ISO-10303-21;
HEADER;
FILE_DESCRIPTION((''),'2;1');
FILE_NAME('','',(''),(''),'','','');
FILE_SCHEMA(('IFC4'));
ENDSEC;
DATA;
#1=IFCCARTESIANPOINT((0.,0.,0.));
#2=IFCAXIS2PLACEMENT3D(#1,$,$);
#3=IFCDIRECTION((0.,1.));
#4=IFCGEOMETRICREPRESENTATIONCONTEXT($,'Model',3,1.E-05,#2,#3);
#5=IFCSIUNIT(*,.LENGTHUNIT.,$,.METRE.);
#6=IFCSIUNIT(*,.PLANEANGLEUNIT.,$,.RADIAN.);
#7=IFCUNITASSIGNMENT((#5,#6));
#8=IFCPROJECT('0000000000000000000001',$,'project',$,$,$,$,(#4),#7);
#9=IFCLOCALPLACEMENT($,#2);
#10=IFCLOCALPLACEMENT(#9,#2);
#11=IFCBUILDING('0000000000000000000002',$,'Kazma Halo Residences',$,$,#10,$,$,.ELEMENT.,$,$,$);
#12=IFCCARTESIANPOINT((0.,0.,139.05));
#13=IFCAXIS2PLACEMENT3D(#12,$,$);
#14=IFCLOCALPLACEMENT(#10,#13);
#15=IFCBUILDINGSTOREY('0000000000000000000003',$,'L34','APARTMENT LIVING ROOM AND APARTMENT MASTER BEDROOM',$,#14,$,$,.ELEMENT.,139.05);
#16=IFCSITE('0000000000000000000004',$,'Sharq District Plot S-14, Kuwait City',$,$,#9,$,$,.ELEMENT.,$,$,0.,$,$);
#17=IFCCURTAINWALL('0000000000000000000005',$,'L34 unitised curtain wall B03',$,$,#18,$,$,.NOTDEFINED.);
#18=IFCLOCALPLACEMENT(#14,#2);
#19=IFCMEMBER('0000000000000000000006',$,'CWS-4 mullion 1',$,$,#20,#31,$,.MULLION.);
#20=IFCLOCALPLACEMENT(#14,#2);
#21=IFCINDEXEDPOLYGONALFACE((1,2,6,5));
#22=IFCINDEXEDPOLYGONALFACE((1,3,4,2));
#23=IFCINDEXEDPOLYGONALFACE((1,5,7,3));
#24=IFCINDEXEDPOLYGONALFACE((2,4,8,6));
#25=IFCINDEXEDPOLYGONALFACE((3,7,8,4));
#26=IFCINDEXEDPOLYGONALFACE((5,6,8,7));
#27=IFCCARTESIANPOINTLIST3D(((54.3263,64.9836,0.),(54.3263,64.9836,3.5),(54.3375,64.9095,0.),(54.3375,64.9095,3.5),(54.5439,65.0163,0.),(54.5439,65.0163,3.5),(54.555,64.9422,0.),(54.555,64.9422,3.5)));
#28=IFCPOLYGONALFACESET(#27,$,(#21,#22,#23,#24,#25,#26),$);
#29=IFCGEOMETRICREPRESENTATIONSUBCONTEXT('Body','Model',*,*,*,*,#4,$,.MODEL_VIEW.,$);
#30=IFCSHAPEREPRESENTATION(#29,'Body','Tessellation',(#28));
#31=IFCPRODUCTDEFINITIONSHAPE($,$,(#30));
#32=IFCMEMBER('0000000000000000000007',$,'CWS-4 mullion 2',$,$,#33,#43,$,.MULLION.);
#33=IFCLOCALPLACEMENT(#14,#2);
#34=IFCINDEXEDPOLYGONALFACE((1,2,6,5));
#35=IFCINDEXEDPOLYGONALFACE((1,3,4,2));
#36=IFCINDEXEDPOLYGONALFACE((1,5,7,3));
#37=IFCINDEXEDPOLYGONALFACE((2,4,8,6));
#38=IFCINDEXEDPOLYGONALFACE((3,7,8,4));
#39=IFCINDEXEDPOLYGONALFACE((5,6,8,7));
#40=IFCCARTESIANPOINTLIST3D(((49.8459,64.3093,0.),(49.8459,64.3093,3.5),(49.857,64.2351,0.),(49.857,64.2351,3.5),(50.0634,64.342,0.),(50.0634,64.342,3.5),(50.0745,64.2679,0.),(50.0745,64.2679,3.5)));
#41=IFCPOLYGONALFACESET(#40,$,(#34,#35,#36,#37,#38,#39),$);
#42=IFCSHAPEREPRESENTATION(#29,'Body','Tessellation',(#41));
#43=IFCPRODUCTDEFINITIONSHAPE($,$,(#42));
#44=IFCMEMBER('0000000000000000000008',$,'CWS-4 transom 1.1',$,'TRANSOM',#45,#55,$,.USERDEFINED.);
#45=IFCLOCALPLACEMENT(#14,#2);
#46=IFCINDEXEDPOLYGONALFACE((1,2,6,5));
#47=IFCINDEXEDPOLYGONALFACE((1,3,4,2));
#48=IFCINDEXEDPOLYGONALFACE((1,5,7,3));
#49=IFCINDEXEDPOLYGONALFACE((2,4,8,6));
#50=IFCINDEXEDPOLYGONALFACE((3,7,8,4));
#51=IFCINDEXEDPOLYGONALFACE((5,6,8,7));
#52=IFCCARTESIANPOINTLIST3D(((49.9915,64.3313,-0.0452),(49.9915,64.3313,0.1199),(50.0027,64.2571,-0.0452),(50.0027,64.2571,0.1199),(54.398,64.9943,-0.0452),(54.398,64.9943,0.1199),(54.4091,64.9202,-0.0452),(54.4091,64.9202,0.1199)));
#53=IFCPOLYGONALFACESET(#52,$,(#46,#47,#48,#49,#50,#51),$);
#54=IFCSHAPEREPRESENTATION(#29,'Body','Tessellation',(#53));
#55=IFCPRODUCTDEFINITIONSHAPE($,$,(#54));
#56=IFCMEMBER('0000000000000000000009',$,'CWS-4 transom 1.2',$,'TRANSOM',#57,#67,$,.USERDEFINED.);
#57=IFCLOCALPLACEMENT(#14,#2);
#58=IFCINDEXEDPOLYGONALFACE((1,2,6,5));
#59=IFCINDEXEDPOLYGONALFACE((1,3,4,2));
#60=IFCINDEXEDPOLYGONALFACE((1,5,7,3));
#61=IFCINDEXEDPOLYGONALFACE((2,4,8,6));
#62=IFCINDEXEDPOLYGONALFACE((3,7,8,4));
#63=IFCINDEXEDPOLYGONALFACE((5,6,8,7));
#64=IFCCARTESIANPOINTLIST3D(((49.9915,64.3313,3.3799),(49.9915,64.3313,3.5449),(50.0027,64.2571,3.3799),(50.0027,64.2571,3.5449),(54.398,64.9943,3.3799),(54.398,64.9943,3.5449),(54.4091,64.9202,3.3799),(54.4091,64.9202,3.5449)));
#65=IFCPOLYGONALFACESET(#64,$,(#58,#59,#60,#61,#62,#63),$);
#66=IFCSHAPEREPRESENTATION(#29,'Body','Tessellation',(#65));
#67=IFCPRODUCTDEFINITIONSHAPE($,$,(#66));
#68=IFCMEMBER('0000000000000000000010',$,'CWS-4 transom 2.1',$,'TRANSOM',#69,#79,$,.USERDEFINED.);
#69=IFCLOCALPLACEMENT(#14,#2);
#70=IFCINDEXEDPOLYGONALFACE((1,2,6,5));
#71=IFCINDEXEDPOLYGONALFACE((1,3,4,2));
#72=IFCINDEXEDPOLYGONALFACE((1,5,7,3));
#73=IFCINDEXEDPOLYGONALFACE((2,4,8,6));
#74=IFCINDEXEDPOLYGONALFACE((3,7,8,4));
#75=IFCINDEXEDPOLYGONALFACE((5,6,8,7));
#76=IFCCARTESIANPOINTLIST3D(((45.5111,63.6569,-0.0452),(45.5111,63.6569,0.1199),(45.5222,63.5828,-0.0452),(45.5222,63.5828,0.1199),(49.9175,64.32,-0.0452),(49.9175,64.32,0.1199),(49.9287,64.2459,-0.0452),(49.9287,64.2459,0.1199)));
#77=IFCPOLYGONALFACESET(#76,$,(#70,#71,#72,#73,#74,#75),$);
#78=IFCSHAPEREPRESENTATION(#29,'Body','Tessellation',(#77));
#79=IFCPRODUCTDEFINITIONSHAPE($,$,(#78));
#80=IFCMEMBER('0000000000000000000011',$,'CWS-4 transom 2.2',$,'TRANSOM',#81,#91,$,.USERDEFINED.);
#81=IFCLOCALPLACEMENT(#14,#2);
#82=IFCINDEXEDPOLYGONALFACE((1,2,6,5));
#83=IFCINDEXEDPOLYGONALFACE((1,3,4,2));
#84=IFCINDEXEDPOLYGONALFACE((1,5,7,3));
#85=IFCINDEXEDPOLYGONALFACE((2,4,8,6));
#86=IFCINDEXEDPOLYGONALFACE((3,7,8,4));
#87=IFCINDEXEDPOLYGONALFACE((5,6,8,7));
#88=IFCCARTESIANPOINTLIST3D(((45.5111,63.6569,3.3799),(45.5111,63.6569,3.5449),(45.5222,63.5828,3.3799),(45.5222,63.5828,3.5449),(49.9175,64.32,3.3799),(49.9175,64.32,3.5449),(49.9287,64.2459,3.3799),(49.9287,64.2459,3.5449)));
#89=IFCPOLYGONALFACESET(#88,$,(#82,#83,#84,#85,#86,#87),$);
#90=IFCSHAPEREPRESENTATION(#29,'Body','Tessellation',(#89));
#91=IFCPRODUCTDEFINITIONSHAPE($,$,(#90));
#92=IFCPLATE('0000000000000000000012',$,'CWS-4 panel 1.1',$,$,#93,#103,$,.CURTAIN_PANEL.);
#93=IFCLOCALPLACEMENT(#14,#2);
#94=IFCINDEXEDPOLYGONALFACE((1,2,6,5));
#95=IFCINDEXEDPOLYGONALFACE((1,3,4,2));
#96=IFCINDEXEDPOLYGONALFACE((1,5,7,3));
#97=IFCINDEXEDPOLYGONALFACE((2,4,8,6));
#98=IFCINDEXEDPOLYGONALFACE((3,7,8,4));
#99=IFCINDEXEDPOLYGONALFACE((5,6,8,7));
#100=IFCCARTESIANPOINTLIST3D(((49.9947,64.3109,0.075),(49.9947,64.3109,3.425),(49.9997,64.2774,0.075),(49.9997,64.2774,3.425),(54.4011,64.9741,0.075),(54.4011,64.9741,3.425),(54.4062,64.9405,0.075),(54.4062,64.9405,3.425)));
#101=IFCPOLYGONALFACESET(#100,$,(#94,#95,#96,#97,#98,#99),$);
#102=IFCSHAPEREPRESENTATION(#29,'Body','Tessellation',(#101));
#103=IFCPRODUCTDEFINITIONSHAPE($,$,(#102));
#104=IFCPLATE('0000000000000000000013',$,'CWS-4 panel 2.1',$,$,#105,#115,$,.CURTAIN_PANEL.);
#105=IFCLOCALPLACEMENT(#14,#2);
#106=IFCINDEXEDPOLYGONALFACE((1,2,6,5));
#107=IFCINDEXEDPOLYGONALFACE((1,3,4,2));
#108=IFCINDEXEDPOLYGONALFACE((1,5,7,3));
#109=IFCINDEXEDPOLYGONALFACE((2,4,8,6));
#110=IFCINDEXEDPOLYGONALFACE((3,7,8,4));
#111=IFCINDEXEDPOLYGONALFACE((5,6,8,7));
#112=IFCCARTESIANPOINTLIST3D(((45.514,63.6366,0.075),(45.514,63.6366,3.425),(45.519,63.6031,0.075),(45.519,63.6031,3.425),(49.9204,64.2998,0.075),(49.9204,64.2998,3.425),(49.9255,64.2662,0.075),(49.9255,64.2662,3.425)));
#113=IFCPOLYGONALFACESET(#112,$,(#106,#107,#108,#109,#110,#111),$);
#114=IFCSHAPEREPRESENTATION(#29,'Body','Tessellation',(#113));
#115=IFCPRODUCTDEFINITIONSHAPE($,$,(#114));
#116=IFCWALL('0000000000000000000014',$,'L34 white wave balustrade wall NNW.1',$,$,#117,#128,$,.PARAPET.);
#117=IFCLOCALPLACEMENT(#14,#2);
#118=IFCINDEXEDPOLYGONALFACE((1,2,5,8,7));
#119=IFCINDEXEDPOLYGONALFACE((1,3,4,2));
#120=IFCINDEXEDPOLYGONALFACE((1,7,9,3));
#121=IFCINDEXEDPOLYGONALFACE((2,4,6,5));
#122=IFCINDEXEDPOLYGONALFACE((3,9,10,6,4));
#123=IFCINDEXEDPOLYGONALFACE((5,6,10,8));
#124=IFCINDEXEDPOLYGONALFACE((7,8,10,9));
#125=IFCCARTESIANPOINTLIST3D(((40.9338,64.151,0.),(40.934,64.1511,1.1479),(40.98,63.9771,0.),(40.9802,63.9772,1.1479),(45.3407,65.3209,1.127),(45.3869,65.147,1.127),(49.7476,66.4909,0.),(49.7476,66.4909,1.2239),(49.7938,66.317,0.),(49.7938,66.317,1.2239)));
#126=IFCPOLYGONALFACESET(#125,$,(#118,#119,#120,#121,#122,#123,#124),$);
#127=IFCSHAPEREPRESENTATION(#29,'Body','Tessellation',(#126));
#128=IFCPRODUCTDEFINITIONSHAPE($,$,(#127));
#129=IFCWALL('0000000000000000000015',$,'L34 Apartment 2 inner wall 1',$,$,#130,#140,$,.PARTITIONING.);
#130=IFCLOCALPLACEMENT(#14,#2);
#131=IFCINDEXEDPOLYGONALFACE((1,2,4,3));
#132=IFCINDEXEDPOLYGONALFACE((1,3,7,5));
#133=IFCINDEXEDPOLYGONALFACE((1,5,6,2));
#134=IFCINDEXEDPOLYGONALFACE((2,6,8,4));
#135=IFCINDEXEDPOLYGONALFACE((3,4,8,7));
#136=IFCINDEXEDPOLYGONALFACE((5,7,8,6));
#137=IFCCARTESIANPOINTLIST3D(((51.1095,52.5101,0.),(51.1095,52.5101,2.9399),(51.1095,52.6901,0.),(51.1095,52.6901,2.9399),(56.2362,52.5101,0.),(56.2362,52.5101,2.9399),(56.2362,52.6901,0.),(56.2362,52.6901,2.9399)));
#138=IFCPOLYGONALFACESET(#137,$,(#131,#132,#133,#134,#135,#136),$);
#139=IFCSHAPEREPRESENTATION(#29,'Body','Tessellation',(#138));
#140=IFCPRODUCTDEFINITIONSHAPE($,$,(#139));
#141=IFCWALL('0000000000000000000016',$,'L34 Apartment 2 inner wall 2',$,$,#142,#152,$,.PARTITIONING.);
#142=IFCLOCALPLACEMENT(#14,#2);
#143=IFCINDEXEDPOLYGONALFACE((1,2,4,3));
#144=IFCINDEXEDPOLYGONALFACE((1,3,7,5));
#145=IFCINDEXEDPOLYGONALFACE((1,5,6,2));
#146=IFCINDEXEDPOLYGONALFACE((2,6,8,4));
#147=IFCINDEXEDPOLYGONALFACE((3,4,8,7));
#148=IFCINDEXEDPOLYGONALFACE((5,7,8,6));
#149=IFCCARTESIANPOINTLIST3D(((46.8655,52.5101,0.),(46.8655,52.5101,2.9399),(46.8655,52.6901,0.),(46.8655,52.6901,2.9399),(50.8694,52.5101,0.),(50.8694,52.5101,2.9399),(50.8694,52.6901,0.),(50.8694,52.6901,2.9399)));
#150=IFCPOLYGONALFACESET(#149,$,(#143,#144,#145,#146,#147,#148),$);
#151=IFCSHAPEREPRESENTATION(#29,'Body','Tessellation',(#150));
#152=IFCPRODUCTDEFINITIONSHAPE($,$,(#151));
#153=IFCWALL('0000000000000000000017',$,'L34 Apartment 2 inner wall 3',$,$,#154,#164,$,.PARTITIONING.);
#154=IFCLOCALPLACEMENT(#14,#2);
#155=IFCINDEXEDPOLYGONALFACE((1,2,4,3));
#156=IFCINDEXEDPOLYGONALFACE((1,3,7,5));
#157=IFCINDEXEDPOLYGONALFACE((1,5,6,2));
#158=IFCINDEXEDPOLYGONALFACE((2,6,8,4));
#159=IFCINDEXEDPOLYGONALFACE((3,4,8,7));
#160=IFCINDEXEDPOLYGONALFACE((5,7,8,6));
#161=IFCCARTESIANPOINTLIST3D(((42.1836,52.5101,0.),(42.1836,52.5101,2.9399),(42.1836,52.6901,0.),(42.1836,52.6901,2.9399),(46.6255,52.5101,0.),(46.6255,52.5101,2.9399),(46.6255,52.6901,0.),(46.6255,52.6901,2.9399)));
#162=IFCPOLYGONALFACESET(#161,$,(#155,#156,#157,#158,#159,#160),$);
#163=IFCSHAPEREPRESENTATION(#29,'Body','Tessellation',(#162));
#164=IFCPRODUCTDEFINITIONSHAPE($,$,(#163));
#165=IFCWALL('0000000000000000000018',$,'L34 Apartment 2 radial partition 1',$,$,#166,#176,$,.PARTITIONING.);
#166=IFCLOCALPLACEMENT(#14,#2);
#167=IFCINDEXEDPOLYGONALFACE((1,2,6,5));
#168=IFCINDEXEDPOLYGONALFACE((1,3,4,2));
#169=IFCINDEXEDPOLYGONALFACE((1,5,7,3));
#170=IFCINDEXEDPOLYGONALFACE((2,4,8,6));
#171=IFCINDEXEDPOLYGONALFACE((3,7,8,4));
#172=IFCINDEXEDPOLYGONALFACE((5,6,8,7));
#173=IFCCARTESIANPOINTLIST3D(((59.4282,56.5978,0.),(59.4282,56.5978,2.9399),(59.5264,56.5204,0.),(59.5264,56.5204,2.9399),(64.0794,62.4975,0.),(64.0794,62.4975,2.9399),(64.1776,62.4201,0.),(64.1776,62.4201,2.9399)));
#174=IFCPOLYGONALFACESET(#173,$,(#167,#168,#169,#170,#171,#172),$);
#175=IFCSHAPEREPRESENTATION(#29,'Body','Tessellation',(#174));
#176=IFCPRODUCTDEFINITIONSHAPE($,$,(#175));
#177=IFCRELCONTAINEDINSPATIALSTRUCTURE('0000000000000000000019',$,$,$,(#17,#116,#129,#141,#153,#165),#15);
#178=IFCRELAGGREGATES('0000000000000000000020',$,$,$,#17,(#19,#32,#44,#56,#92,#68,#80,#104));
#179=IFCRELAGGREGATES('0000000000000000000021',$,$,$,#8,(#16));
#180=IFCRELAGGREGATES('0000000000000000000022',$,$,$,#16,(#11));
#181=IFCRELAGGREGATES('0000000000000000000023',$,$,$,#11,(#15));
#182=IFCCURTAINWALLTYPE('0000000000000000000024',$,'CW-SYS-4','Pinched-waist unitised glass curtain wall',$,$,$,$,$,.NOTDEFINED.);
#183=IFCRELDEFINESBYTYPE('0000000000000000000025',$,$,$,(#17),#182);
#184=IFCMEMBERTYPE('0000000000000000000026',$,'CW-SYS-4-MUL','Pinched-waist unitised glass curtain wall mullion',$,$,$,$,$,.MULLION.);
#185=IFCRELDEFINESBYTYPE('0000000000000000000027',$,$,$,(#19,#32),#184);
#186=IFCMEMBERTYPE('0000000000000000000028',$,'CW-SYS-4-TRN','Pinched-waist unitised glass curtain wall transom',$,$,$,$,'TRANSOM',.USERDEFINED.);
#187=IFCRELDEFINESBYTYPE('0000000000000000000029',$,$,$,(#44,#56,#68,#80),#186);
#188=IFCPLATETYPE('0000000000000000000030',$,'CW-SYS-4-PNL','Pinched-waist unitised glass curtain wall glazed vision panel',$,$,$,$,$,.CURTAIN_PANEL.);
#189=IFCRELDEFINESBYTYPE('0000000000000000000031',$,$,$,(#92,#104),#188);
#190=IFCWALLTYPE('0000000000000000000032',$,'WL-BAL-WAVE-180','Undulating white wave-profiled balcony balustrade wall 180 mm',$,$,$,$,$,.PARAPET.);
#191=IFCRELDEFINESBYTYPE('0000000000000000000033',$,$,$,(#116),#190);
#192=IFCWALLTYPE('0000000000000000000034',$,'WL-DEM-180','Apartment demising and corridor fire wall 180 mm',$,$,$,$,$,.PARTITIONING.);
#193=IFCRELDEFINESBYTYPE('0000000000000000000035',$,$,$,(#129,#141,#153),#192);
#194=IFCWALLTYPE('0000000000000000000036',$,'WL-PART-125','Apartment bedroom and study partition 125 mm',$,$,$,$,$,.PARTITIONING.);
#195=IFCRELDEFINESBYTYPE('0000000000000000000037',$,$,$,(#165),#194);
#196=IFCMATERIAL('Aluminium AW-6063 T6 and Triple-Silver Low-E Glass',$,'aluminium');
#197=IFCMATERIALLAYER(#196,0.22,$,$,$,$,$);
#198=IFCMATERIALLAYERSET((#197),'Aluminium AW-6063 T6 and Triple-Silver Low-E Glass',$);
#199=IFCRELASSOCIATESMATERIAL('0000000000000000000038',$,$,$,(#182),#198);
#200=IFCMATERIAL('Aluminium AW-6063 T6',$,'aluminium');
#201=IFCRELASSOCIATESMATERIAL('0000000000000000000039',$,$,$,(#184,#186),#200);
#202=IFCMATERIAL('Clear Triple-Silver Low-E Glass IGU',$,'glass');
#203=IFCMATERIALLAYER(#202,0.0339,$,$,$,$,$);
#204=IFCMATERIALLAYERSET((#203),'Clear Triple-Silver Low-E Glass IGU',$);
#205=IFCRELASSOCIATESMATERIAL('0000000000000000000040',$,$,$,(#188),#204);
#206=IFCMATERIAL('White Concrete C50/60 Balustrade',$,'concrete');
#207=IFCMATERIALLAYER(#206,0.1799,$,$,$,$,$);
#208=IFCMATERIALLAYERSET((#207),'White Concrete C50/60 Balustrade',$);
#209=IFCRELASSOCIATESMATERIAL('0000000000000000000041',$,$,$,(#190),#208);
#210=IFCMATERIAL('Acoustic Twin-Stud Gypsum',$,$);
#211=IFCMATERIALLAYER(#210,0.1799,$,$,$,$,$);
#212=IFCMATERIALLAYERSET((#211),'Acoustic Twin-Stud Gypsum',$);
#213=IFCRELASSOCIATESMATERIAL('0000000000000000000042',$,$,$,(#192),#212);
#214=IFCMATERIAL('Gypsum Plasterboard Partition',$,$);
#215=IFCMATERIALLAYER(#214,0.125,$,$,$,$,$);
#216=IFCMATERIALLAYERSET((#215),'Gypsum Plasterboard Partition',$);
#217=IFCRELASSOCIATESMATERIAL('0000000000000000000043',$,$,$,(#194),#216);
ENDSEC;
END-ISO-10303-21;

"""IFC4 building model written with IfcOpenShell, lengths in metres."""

from ifc_helpers import new_model, si_unit, direction, frame, frame_2d, origin, origin_2d, place, context, subcontext, project, spatial, polyline, rectangle, outline, extrude, material, layer, layer_set, material_profile, profile_set, type_object, element, aggregate, save


model = new_model("IFC4")

# Units and contexts
model_context = context("Model", 3, precision=1e-05, world=origin(), true_north=direction((0.0, 1.0)))
body_context = subcontext(model_context, "Body", "Model", "MODEL_VIEW")
ifc_project = project(units=[si_unit("LENGTHUNIT", "METRE"), si_unit("PLANEANGLEUNIT", "RADIAN")], contexts=[model_context])

# Site, building, storey
site_placement = place(None, origin())
site = spatial("IfcSite", under=ifc_project, at=site_placement, Name="Sharq District Plot S-14, Kuwait City", CompositionType="ELEMENT", RefElevation=0.0)
building_placement = place(site_placement, origin())
building = spatial("IfcBuilding", under=site, at=building_placement, Name="Kazma Halo Residences", CompositionType="ELEMENT")
storey_placement = place(building_placement, frame((0.0, 0.0, 139.05)))
storey = spatial("IfcBuildingStorey", under=building, at=storey_placement, Name="L34", Description="APARTMENT LIVING ROOM AND APARTMENT MASTER BEDROOM", CompositionType="ELEMENT", Elevation=139.05)

# Curtain wall, members, plates
ifc_material_1 = material(Name="Aluminium AW-6063 T6 and Triple-Silver Low-E Glass", Category="aluminium")
ifc_layer_1 = layer(ifc_material_1, 0.22)
ifc_layer_set_1 = layer_set([ifc_layer_1], Name="Aluminium AW-6063 T6 and Triple-Silver Low-E Glass")
curtain_wall_type = type_object("IfcCurtainWallType", Name="CW-SYS-4", Description="Pinched-waist unitised glass curtain wall", PredefinedType="NOTDEFINED", material=ifc_layer_set_1)
curtain_wall_placement = place(storey_placement, origin())
curtain_wall = element("IfcCurtainWall", 1, at=curtain_wall_placement, inside=storey, type_object=curtain_wall_type, Name="L34 unitised curtain wall B03", PredefinedType="NOTDEFINED")
ifc_material_2 = material(Name="Aluminium AW-6063 T6", Category="aluminium")
ifc_material_profile_1 = material_profile(ifc_material_2, rectangle(XDim=0.075, YDim=0.22, at=origin_2d()), Name="CWM-75x220")
ifc_profile_set_1 = profile_set([ifc_material_profile_1], Name="Aluminium AW-6063 T6")
member_type_1 = type_object("IfcMemberType", Name="CW-SYS-4-MUL", Description="Pinched-waist unitised glass curtain wall mullion", PredefinedType="MULLION", material=ifc_profile_set_1)
member_1_placement = place(storey_placement, frame((54.4407, 64.9629, 0.0), z_axis=(0.0, 0.0, 1.0), x_axis=(0.148821, -0.988864, 0.0)))
member_1 = element("IfcMember", 2, at=member_1_placement, type_object=member_type_1, Name="CWS-4 mullion 1", PredefinedType="MULLION", context=body_context, shape_type="SweptSolid", body=[
    extrude(rectangle(XDim=0.075, YDim=0.22, at=origin_2d()), origin(), (0.0, 0.0, 1.0), 3.5),
])
member_2_placement = place(storey_placement, frame((49.9602, 64.2886, 0.0), z_axis=(0.0, 0.0, 1.0), x_axis=(0.148821, -0.988864, 0.0)))
member_2 = element("IfcMember", 3, at=member_2_placement, type_object=member_type_1, Name="CWS-4 mullion 2", PredefinedType="MULLION", context=body_context, shape_type="SweptSolid", body=[
    extrude(rectangle(XDim=0.075, YDim=0.22, at=origin_2d()), origin(), (0.0, 0.0, 1.0), 3.5),
])
ifc_material_profile_2 = material_profile(ifc_material_2, rectangle(XDim=0.075, YDim=0.165, at=origin_2d()), Name="CWT-75x165")
ifc_profile_set_2 = profile_set([ifc_material_profile_2], Name="Aluminium AW-6063 T6")
member_type_2 = type_object("IfcMemberType", Name="CW-SYS-4-TRN", Description="Pinched-waist unitised glass curtain wall transom", ElementType="TRANSOM", PredefinedType="USERDEFINED", material=ifc_profile_set_2)
member_3_placement = place(storey_placement, frame((54.4036, 64.9573, 0.0374), z_axis=(-0.988867, -0.148804, 0.0), x_axis=(0.148804, -0.988867, 0.0)))
member_3 = element("IfcMember", 4, at=member_3_placement, type_object=member_type_2, Name="CWS-4 transom 1.1", ObjectType="TRANSOM", PredefinedType="USERDEFINED", context=body_context, shape_type="SweptSolid", body=[
    extrude(rectangle(XDim=0.075, YDim=0.165, at=origin_2d()), origin(), (0.0, 0.0, 1.0), 4.4561),
])
member_4_placement = place(storey_placement, frame((54.4036, 64.9573, 3.4624), z_axis=(-0.988867, -0.148804, 0.0), x_axis=(0.148804, -0.988867, 0.0)))
member_4 = element("IfcMember", 5, at=member_4_placement, type_object=member_type_2, Name="CWS-4 transom 1.2", ObjectType="TRANSOM", PredefinedType="USERDEFINED", context=body_context, shape_type="SweptSolid", body=[
    extrude(rectangle(XDim=0.075, YDim=0.165, at=origin_2d()), origin(), (0.0, 0.0, 1.0), 4.4561),
])
member_5_placement = place(storey_placement, frame((49.9231, 64.283, 0.0374), z_axis=(-0.988867, -0.148804, 0.0), x_axis=(0.148804, -0.988867, 0.0)))
member_5 = element("IfcMember", 6, at=member_5_placement, type_object=member_type_2, Name="CWS-4 transom 2.1", ObjectType="TRANSOM", PredefinedType="USERDEFINED", context=body_context, shape_type="SweptSolid", body=[
    extrude(rectangle(XDim=0.075, YDim=0.165, at=origin_2d()), origin(), (0.0, 0.0, 1.0), 4.4561),
])
member_6_placement = place(storey_placement, frame((49.9231, 64.283, 3.4624), z_axis=(-0.988867, -0.148804, 0.0), x_axis=(0.148804, -0.988867, 0.0)))
member_6 = element("IfcMember", 7, at=member_6_placement, type_object=member_type_2, Name="CWS-4 transom 2.2", ObjectType="TRANSOM", PredefinedType="USERDEFINED", context=body_context, shape_type="SweptSolid", body=[
    extrude(rectangle(XDim=0.075, YDim=0.165, at=origin_2d()), origin(), (0.0, 0.0, 1.0), 4.4561),
])
ifc_material_3 = material(Name="Clear Triple-Silver Low-E Glass IGU", Category="glass")
ifc_layer_2 = layer(ifc_material_3, 0.0339)
ifc_layer_set_2 = layer_set([ifc_layer_2], Name="Clear Triple-Silver Low-E Glass IGU")
plate_type = type_object("IfcPlateType", Name="CW-SYS-4-PNL", Description="Pinched-waist unitised glass curtain wall glazed vision panel", PredefinedType="CURTAIN_PANEL", material=ifc_layer_set_2)
plate_1_placement = place(storey_placement, frame((52.2004, 64.6257, 0.075), z_axis=(0.0, 0.0, 1.0), x_axis=(-0.988864, -0.148821, 0.0)))
plate_1 = element("IfcPlate", 8, at=plate_1_placement, type_object=plate_type, Name="CWS-4 panel 1.1", PredefinedType="CURTAIN_PANEL", context=body_context, shape_type="SweptSolid", body=[
    extrude(rectangle(XDim=4.4561, YDim=0.0339, at=origin_2d()), origin(), (0.0, 0.0, 1.0), 3.3501),
])
plate_2_placement = place(storey_placement, frame((47.7197, 63.9514, 0.075), z_axis=(0.0, 0.0, 1.0), x_axis=(-0.988864, -0.148821, 0.0)))
plate_2 = element("IfcPlate", 9, at=plate_2_placement, type_object=plate_type, Name="CWS-4 panel 2.1", PredefinedType="CURTAIN_PANEL", context=body_context, shape_type="SweptSolid", body=[
    extrude(rectangle(XDim=4.4561, YDim=0.0339, at=origin_2d()), origin(), (0.0, 0.0, 1.0), 3.3501),
])
aggregate(curtain_wall, [member_1, member_2, member_3, member_4, plate_1, member_5, member_6, plate_2])

# Walls
ifc_material_4 = material(Name="White Concrete C50/60 Balustrade", Category="concrete")
ifc_layer_3 = layer(ifc_material_4, 0.1799)
ifc_layer_set_3 = layer_set([ifc_layer_3], Name="White Concrete C50/60 Balustrade")
wall_type_1 = type_object("IfcWallType", Name="WL-BAL-WAVE-180", Description="Undulating white wave-profiled balcony balustrade wall 180 mm", PredefinedType="PARAPET", material=ifc_layer_set_3)
wall_1_placement = place(storey_placement, frame((49.7708, 66.4038, 0.0), z_axis=(0.0, 0.0, 1.0), x_axis=(-0.966521, -0.256589, 0.0)))
element("IfcWall", 10, at=wall_1_placement, inside=storey, type_object=wall_type_1, Name="L34 white wave balustrade wall NNW.1", PredefinedType="PARAPET", context=body_context, shape_type="SweptSolid", body=[
    extrude(outline(polyline([(0.0, 0.0), (9.1191, 0.0), (9.1189, 1.1479), (4.5596, 1.127), (0.0, 1.2239), (0.0, 0.0)])), frame((0.0, 0.0898, 0.0), z_axis=(0.0, -1.0, 0.0), x_axis=(1.0, 0.0, 0.0)), (0.0, 0.0, 1.0), 0.1799),
])
ifc_material_5 = material(Name="Acoustic Twin-Stud Gypsum")
ifc_layer_4 = layer(ifc_material_5, 0.1799)
ifc_layer_set_4 = layer_set([ifc_layer_4], Name="Acoustic Twin-Stud Gypsum")
wall_type_2 = type_object("IfcWallType", Name="WL-DEM-180", Description="Apartment demising and corridor fire wall 180 mm", PredefinedType="PARTITIONING", material=ifc_layer_set_4)
wall_2_placement = place(storey_placement, frame((56.2363, 52.6001, 0.0), z_axis=(0.0, 0.0, 1.0), x_axis=(-1.0, 0.0, 0.0)))
element("IfcWall", 11, at=wall_2_placement, inside=storey, type_object=wall_type_2, Name="L34 Apartment 2 inner wall 1", PredefinedType="PARTITIONING", context=body_context, shape_type="SweptSolid", body=[
    extrude(rectangle(XDim=5.1267, YDim=0.1799, at=frame_2d((2.5635, 0.0))), origin(), (0.0, 0.0, 1.0), 2.9399),
])
wall_3_placement = place(storey_placement, frame((50.8694, 52.6001, 0.0), z_axis=(0.0, 0.0, 1.0), x_axis=(-1.0, 0.0, 0.0)))
element("IfcWall", 12, at=wall_3_placement, inside=storey, type_object=wall_type_2, Name="L34 Apartment 2 inner wall 2", PredefinedType="PARTITIONING", context=body_context, shape_type="SweptSolid", body=[
    extrude(rectangle(XDim=4.0039, YDim=0.1799, at=frame_2d((2.002, 0.0))), origin(), (0.0, 0.0, 1.0), 2.9399),
])
wall_4_placement = place(storey_placement, frame((46.6255, 52.6001, 0.0), z_axis=(0.0, 0.0, 1.0), x_axis=(-1.0, 0.0, 0.0)))
element("IfcWall", 13, at=wall_4_placement, inside=storey, type_object=wall_type_2, Name="L34 Apartment 2 inner wall 3", PredefinedType="PARTITIONING", context=body_context, shape_type="SweptSolid", body=[
    extrude(rectangle(XDim=4.4419, YDim=0.1799, at=frame_2d((2.2209, 0.0))), origin(), (0.0, 0.0, 1.0), 2.9399),
])
ifc_material_6 = material(Name="Gypsum Plasterboard Partition")
ifc_layer_5 = layer(ifc_material_6, 0.125)
ifc_layer_set_5 = layer_set([ifc_layer_5], Name="Gypsum Plasterboard Partition")
wall_type_3 = type_object("IfcWallType", Name="WL-PART-125", Description="Apartment bedroom and study partition 125 mm", PredefinedType="PARTITIONING", material=ifc_layer_set_5)
wall_5_placement = place(storey_placement, frame((59.4773, 56.5591, 0.0), z_axis=(0.0, 0.0, 1.0), x_axis=(0.619111, 0.785303, 0.0)))
element("IfcWall", 14, at=wall_5_placement, inside=storey, type_object=wall_type_3, Name="L34 Apartment 2 radial partition 1", PredefinedType="PARTITIONING", context=body_context, shape_type="SweptSolid", body=[
    extrude(rectangle(XDim=7.5127, YDim=0.125, at=frame_2d((3.7563, 0.0))), origin(), (0.0, 0.0, 1.0), 2.9399),
])

save(model, "model.ifc")
